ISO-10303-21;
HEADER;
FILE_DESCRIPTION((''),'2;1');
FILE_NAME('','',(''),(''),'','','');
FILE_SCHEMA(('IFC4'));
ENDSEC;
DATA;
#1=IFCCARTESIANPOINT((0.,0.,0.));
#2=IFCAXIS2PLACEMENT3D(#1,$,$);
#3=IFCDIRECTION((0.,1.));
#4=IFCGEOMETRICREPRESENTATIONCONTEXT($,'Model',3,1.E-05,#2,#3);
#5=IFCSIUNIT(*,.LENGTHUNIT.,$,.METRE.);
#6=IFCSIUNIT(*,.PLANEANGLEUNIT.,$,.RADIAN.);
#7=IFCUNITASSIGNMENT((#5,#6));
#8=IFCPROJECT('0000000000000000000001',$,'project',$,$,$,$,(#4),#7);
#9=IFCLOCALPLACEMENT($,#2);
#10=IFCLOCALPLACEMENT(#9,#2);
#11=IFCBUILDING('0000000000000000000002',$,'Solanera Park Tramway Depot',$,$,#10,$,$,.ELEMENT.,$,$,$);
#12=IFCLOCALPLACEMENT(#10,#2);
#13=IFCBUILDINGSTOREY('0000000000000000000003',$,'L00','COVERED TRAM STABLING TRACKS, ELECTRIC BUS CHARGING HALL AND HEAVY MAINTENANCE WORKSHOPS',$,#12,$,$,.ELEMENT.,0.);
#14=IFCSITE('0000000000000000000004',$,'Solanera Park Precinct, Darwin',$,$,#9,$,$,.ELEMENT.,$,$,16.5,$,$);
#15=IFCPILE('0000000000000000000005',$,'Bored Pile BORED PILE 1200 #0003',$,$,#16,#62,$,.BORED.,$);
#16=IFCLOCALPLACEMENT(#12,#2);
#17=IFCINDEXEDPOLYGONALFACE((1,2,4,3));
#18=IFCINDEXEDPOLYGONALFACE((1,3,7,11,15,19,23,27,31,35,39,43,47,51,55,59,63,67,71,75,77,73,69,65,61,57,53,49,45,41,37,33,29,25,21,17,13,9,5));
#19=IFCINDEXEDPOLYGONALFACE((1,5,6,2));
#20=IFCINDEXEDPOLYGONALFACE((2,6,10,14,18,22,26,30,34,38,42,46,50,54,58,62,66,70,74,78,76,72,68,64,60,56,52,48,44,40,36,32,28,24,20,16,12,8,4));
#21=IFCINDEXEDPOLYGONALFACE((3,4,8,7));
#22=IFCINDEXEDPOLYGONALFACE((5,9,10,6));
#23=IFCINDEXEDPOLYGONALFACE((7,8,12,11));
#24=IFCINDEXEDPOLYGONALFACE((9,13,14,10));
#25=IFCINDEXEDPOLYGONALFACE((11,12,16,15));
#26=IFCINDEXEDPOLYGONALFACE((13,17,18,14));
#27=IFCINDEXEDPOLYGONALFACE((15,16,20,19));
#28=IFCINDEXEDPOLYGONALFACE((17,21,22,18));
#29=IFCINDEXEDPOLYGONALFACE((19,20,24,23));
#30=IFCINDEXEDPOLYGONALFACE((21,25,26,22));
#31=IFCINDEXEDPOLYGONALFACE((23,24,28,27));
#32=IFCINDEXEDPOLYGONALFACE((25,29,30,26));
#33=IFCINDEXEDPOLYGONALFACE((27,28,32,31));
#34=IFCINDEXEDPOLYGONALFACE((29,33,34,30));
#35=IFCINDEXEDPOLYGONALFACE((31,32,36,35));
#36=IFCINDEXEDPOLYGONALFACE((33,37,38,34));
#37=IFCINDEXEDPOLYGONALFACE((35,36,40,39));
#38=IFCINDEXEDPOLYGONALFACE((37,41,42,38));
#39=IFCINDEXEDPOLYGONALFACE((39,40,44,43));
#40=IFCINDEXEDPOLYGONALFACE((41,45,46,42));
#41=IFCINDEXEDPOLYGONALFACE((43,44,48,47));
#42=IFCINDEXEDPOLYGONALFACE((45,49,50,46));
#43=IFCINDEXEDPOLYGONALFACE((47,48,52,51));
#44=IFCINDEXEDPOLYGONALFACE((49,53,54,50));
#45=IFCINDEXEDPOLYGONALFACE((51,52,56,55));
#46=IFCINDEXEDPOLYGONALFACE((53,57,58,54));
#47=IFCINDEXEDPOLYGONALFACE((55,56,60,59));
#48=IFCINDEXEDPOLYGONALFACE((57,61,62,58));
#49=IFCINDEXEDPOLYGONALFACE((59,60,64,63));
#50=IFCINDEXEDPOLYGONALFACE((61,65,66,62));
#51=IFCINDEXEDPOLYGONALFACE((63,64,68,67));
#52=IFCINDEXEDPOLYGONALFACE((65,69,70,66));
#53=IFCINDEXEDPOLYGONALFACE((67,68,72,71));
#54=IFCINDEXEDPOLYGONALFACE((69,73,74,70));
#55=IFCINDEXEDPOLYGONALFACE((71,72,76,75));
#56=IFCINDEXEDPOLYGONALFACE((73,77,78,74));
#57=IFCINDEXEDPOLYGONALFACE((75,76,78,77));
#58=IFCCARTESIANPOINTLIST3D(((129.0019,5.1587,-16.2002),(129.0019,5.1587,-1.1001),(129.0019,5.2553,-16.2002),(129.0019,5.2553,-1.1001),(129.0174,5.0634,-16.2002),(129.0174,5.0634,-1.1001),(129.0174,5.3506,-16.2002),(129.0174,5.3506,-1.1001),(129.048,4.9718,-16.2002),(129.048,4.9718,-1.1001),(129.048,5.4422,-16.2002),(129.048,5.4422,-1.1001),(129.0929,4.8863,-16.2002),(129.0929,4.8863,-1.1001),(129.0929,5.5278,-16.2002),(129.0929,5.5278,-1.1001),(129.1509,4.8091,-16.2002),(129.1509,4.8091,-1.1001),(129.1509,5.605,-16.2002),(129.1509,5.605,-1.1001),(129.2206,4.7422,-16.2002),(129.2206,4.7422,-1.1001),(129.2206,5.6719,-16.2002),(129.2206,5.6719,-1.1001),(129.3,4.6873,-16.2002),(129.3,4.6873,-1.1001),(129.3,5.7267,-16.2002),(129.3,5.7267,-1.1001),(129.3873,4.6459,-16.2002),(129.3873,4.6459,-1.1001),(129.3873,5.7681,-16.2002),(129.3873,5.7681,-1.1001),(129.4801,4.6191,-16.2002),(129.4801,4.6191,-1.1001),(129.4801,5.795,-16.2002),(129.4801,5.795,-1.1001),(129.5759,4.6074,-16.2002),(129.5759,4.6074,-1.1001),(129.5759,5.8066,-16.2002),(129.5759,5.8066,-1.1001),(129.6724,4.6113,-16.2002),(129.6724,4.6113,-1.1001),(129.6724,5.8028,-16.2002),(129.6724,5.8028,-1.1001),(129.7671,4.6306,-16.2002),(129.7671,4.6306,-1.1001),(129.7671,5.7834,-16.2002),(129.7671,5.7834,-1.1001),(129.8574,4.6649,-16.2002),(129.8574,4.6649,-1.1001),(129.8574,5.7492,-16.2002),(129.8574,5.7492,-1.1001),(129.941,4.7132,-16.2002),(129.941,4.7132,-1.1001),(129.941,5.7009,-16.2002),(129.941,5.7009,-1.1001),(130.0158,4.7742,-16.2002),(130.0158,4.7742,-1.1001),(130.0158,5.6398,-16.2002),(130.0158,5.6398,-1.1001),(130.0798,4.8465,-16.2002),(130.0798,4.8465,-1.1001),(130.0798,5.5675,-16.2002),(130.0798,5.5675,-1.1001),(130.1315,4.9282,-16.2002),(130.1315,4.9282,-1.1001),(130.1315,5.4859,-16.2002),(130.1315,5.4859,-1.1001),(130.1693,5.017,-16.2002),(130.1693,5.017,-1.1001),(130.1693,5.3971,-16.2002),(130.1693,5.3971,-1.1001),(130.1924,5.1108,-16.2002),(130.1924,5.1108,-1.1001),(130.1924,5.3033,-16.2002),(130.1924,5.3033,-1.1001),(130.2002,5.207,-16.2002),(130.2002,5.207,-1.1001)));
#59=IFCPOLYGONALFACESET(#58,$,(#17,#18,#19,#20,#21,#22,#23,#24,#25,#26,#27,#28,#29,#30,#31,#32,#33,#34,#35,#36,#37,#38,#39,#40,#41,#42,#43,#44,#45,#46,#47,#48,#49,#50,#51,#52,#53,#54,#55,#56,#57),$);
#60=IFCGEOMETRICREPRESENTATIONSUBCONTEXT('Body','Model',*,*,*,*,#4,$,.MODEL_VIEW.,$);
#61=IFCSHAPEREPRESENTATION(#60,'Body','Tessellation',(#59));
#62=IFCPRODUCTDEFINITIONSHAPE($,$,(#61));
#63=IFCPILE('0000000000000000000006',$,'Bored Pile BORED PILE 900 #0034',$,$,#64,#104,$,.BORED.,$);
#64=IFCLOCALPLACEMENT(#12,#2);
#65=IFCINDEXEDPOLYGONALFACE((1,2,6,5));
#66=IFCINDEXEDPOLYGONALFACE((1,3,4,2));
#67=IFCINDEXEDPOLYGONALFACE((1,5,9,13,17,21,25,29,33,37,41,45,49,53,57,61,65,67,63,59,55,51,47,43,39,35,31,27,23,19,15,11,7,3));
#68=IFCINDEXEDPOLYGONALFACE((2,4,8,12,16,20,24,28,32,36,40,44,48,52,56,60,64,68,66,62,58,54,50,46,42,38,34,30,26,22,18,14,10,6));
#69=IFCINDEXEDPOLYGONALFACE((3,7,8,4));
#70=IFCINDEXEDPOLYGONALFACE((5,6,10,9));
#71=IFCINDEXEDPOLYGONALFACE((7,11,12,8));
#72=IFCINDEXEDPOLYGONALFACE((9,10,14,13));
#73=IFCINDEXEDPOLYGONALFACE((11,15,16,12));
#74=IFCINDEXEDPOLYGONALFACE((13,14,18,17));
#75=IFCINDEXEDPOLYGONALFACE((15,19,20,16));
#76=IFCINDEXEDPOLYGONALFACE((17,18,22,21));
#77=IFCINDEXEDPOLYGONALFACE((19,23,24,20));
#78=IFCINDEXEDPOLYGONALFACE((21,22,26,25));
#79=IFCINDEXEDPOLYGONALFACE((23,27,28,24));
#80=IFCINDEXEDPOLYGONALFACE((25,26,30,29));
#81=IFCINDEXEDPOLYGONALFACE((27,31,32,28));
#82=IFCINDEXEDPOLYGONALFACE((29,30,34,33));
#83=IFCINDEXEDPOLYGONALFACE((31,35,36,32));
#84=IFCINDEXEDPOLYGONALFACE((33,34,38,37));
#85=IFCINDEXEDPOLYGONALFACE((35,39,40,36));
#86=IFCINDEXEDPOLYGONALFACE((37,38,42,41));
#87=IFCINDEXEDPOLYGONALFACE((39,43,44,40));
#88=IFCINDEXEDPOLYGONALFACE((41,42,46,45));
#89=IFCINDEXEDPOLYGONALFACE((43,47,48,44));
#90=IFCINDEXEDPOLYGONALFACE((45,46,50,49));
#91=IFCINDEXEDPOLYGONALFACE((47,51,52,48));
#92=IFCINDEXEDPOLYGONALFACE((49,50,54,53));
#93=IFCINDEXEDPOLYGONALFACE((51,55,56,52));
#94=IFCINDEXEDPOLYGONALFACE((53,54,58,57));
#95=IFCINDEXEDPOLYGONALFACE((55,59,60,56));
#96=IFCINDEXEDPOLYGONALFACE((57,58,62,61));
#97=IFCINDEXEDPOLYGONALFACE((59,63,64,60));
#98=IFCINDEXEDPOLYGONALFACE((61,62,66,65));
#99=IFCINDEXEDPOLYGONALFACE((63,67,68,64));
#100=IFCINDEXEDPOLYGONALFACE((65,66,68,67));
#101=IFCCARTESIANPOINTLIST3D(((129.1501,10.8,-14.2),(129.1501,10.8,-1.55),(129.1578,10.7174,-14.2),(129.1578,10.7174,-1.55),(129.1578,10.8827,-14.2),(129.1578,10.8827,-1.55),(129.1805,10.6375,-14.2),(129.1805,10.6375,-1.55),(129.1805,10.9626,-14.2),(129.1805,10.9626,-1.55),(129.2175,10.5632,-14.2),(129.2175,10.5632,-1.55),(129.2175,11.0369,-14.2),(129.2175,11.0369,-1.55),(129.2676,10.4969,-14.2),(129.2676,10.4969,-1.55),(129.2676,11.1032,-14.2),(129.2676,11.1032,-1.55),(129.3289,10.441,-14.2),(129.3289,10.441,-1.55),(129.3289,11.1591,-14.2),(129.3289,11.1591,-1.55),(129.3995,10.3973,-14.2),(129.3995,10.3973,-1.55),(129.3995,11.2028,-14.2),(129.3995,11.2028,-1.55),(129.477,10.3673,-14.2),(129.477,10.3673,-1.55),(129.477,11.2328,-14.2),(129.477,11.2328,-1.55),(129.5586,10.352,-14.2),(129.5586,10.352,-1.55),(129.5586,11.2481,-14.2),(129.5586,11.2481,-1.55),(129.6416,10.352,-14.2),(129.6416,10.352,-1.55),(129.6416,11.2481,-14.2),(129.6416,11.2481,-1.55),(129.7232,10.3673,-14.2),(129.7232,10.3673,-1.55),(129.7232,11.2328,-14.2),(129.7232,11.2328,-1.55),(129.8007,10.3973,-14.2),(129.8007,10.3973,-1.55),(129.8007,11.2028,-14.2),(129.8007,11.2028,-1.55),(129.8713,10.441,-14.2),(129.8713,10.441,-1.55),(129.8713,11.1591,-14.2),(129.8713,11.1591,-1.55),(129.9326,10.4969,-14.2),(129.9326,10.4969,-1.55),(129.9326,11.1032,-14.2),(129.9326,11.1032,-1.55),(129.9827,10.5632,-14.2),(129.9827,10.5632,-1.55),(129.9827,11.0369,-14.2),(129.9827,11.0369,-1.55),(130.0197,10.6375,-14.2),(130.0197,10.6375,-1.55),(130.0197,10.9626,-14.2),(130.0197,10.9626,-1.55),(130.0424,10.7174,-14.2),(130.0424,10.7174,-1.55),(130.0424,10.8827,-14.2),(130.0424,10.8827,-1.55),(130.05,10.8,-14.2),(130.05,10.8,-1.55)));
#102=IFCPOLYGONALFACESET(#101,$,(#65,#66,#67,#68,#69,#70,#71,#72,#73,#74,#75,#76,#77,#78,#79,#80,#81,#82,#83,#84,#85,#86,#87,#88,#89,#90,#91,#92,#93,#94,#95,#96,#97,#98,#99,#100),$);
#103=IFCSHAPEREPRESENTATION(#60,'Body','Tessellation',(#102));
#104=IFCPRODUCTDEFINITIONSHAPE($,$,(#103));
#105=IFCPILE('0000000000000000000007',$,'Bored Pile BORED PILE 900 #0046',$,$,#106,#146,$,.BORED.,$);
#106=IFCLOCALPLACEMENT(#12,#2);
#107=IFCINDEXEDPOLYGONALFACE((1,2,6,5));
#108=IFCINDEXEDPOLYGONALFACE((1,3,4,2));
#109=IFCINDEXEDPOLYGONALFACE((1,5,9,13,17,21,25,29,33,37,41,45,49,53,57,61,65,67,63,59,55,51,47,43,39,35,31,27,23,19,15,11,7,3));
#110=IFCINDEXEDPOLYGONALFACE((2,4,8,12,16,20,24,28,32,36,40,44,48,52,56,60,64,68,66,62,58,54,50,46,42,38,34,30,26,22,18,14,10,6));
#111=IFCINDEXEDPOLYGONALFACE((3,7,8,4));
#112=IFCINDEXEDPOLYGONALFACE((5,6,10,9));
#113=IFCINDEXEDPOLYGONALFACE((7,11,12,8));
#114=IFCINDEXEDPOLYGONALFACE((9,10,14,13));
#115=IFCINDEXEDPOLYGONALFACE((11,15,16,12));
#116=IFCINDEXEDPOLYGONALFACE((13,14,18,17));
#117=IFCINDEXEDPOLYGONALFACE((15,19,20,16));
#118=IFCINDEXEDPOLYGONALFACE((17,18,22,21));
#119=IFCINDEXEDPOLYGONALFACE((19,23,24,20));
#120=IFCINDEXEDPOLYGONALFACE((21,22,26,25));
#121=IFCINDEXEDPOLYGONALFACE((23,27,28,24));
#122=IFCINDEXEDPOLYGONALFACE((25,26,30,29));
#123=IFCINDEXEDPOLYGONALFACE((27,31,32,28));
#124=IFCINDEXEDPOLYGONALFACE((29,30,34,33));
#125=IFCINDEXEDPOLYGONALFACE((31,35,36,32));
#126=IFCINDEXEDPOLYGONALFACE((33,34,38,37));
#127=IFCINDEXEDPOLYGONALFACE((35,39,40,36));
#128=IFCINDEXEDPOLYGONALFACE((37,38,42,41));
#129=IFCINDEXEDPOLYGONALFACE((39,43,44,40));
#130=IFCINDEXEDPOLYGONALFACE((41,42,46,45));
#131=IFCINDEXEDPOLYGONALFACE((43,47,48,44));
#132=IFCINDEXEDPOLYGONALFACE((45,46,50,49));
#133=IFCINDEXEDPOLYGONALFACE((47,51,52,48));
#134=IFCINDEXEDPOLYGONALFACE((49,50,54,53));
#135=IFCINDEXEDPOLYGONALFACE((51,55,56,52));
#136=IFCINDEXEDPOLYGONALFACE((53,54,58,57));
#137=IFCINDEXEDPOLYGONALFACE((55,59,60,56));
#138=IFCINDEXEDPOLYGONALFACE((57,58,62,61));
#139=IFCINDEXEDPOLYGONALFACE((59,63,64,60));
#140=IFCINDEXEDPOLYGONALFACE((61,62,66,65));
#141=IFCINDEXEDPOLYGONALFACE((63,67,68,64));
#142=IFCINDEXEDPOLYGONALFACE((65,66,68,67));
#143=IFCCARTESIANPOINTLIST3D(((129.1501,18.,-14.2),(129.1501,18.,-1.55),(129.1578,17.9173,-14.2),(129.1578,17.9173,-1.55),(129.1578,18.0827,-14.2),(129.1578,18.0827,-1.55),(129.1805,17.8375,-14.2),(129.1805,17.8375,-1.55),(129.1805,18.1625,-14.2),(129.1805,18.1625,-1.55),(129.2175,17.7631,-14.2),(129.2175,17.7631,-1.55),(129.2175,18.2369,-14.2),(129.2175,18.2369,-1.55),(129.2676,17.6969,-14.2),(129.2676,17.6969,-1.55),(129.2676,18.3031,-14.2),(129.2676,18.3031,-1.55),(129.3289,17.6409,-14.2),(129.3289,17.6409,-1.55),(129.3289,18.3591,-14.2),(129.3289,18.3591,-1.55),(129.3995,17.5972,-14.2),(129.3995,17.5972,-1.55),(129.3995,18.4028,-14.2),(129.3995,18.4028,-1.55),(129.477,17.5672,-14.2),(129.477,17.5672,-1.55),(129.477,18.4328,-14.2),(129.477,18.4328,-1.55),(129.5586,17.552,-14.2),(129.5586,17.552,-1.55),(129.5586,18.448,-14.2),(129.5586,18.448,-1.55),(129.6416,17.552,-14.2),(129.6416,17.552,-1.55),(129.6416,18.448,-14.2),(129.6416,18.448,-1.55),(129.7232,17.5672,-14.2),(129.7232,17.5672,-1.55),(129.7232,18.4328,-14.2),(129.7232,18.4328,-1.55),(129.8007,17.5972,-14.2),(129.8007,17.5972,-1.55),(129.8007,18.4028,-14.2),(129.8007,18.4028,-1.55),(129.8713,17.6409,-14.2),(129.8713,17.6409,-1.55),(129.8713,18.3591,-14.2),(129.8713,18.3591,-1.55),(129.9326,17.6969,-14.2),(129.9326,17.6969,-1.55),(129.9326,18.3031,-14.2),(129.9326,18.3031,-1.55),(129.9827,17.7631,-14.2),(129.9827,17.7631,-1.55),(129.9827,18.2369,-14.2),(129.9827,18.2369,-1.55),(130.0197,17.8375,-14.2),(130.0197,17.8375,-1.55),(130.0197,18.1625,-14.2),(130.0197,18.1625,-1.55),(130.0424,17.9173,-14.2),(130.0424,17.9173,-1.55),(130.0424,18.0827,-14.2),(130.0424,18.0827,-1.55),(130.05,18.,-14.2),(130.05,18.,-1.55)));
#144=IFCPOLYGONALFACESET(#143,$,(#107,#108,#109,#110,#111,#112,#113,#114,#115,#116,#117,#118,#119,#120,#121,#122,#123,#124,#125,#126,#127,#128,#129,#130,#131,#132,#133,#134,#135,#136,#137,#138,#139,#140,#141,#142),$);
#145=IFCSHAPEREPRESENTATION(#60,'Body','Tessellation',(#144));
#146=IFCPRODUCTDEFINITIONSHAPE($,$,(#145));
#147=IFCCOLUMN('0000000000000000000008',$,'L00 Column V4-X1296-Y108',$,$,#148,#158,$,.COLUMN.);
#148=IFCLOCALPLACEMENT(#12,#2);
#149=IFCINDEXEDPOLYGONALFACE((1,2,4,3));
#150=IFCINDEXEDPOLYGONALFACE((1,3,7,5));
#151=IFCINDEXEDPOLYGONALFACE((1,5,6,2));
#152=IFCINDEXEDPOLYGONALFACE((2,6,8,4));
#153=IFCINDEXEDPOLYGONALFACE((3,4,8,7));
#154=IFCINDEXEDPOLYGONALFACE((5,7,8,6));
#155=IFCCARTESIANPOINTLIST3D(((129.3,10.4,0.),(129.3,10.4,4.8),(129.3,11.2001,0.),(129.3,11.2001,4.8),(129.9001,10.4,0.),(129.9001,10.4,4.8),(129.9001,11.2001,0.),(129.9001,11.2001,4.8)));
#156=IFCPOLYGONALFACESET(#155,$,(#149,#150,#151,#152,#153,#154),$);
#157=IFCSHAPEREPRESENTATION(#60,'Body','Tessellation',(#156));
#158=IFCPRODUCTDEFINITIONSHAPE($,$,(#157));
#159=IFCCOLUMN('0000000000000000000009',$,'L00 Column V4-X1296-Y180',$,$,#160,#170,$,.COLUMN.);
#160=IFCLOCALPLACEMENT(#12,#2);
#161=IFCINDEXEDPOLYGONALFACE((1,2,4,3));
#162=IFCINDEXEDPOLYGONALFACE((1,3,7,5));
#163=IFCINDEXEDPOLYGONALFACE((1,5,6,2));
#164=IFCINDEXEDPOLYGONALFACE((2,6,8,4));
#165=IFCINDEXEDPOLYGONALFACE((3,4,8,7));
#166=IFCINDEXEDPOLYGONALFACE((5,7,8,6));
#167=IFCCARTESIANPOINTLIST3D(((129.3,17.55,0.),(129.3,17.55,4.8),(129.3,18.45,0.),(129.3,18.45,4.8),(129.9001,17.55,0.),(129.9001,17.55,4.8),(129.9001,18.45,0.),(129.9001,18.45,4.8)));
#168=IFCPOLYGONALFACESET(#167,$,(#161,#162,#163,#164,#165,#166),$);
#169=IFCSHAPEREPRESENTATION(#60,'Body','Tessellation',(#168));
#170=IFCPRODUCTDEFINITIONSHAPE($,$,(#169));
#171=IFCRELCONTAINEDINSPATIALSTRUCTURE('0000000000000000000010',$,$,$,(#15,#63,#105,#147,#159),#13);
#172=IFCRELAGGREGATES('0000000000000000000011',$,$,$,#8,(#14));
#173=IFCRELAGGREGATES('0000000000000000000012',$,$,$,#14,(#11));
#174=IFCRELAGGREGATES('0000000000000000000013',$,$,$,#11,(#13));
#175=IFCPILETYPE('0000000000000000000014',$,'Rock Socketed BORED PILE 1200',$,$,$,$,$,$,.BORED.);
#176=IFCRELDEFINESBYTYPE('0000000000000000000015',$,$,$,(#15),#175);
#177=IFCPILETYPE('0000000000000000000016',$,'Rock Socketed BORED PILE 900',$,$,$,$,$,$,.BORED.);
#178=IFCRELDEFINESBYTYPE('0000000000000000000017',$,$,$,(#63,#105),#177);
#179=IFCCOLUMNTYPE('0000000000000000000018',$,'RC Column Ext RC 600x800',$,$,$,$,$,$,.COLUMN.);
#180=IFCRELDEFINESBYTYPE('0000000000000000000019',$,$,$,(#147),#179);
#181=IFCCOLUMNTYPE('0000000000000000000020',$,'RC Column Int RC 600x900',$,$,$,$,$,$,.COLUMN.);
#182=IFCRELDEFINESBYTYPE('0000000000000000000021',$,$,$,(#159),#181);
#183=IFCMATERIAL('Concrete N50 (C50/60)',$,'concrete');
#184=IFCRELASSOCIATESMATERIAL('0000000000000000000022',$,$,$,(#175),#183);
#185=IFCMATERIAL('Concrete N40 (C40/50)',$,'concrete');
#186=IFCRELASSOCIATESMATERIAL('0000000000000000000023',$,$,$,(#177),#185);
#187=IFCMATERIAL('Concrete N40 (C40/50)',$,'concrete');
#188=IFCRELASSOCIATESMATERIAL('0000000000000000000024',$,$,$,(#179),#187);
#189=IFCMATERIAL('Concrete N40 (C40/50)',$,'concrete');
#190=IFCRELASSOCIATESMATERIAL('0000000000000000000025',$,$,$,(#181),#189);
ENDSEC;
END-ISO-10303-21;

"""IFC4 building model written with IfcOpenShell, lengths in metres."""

from ifc_helpers import new_model, si_unit, direction, frame, origin, origin_2d, place, context, subcontext, project, spatial, rectangle, circle, extrude, material, material_profile, profile_set, type_object, element, save


model = new_model("IFC4")

# Units and contexts
model_context = context("Model", 3, precision=1e-05, world=origin(), true_north=direction((0.0, 1.0)))
body_context = subcontext(model_context, "Body", "Model", "MODEL_VIEW")
ifc_project = project(units=[si_unit("LENGTHUNIT", "METRE"), si_unit("PLANEANGLEUNIT", "RADIAN")], contexts=[model_context])

# Site, building, storey
site_placement = place(None, origin())
site = spatial("IfcSite", under=ifc_project, at=site_placement, Name="Solanera Park Precinct, Darwin", CompositionType="ELEMENT", RefElevation=16.5)
building_placement = place(site_placement, origin())
building = spatial("IfcBuilding", under=site, at=building_placement, Name="Solanera Park Tramway Depot", CompositionType="ELEMENT")
storey_placement = place(building_placement, origin())
storey = spatial("IfcBuildingStorey", under=building, at=storey_placement, Name="L00", Description="COVERED TRAM STABLING TRACKS, ELECTRIC BUS CHARGING HALL AND HEAVY MAINTENANCE WORKSHOPS", CompositionType="ELEMENT", Elevation=0.0)

# Piles
ifc_material_1 = material(Name="Concrete N50 (C50/60)", Category="concrete")
ifc_material_profile_1 = material_profile(ifc_material_1, circle(Radius=0.6001, at=origin_2d()), Name="BORED PILE 1200")
ifc_profile_set_1 = profile_set([ifc_material_profile_1], Name="Concrete N50 (C50/60)")
pile_type_1 = type_object("IfcPileType", Name="Rock Socketed BORED PILE 1200", PredefinedType="BORED", material=ifc_profile_set_1)
pile_placement = place(storey_placement, frame((129.6001, 5.207, -1.1001), z_axis=(0.0, 0.0, -1.0), x_axis=(1.0, 0.0, 0.0)))
element("IfcPile", 1, at=pile_placement, inside=storey, type_object=pile_type_1, Name="Bored Pile BORED PILE 1200 #0003", PredefinedType="BORED", context=body_context, shape_type="SweptSolid", body=[
    extrude(circle(Radius=0.6001, at=origin_2d()), origin(), (0.0, 0.0, 1.0), 15.1001),
])
ifc_material_2 = material(Name="Concrete N40 (C40/50)", Category="concrete")
ifc_material_profile_2 = material_profile(ifc_material_2, circle(Radius=0.45, at=origin_2d()), Name="BORED PILE 900")
ifc_profile_set_2 = profile_set([ifc_material_profile_2], Name="Concrete N40 (C40/50)")
pile_type_2 = type_object("IfcPileType", Name="Rock Socketed BORED PILE 900", PredefinedType="BORED", material=ifc_profile_set_2)
for number, where, z_axis, x_axis, name in (
    (2, (129.6001, 10.8, -1.55), (0.0, 0.0, -1.0), (1.0, 0.0, 0.0), "Bored Pile BORED PILE 900 #0034"),
    (3, (129.6001, 18.0, -1.55), (0.0, 0.0, -1.0), (1.0, 0.0, 0.0), "Bored Pile BORED PILE 900 #0046"),
):
    element("IfcPile", number, at=place(storey_placement, frame(where, z_axis=z_axis, x_axis=x_axis)), inside=storey, type_object=pile_type_2, Name=name, PredefinedType="BORED", context=body_context, shape_type="SweptSolid", body=[
        extrude(circle(Radius=0.45, at=origin_2d()), origin(), (0.0, 0.0, 1.0), 12.6499),
    ])

# Columns
ifc_material_3 = material(Name="Concrete N40 (C40/50)", Category="concrete")
ifc_material_profile_3 = material_profile(ifc_material_3, rectangle(XDim=0.6001, YDim=0.8, at=origin_2d()), Name="RC 600x800")
ifc_profile_set_3 = profile_set([ifc_material_profile_3], Name="Concrete N40 (C40/50)")
column_type_1 = type_object("IfcColumnType", Name="RC Column Ext RC 600x800", PredefinedType="COLUMN", material=ifc_profile_set_3)
column_1_placement = place(storey_placement, frame((129.6001, 10.8, 0.0), z_axis=(0.0, 0.0, 1.0), x_axis=(1.0, 0.0, 0.0)))
element("IfcColumn", 4, at=column_1_placement, inside=storey, type_object=column_type_1, Name="L00 Column V4-X1296-Y108", PredefinedType="COLUMN", context=body_context, shape_type="SweptSolid", body=[
    extrude(rectangle(XDim=0.6001, YDim=0.8, at=origin_2d()), origin(), (0.0, 0.0, 1.0), 4.8),
])
ifc_material_4 = material(Name="Concrete N40 (C40/50)", Category="concrete")
ifc_material_profile_4 = material_profile(ifc_material_4, rectangle(XDim=0.6001, YDim=0.8999, at=origin_2d()), Name="RC 600x900")
ifc_profile_set_4 = profile_set([ifc_material_profile_4], Name="Concrete N40 (C40/50)")
column_type_2 = type_object("IfcColumnType", Name="RC Column Int RC 600x900", PredefinedType="COLUMN", material=ifc_profile_set_4)
column_2_placement = place(storey_placement, frame((129.6001, 18.0, 0.0), z_axis=(0.0, 0.0, 1.0), x_axis=(1.0, 0.0, 0.0)))
element("IfcColumn", 5, at=column_2_placement, inside=storey, type_object=column_type_2, Name="L00 Column V4-X1296-Y180", PredefinedType="COLUMN", context=body_context, shape_type="SweptSolid", body=[
    extrude(rectangle(XDim=0.6001, YDim=0.8999, at=origin_2d()), origin(), (0.0, 0.0, 1.0), 4.8),
])

save(model, "model.ifc")
